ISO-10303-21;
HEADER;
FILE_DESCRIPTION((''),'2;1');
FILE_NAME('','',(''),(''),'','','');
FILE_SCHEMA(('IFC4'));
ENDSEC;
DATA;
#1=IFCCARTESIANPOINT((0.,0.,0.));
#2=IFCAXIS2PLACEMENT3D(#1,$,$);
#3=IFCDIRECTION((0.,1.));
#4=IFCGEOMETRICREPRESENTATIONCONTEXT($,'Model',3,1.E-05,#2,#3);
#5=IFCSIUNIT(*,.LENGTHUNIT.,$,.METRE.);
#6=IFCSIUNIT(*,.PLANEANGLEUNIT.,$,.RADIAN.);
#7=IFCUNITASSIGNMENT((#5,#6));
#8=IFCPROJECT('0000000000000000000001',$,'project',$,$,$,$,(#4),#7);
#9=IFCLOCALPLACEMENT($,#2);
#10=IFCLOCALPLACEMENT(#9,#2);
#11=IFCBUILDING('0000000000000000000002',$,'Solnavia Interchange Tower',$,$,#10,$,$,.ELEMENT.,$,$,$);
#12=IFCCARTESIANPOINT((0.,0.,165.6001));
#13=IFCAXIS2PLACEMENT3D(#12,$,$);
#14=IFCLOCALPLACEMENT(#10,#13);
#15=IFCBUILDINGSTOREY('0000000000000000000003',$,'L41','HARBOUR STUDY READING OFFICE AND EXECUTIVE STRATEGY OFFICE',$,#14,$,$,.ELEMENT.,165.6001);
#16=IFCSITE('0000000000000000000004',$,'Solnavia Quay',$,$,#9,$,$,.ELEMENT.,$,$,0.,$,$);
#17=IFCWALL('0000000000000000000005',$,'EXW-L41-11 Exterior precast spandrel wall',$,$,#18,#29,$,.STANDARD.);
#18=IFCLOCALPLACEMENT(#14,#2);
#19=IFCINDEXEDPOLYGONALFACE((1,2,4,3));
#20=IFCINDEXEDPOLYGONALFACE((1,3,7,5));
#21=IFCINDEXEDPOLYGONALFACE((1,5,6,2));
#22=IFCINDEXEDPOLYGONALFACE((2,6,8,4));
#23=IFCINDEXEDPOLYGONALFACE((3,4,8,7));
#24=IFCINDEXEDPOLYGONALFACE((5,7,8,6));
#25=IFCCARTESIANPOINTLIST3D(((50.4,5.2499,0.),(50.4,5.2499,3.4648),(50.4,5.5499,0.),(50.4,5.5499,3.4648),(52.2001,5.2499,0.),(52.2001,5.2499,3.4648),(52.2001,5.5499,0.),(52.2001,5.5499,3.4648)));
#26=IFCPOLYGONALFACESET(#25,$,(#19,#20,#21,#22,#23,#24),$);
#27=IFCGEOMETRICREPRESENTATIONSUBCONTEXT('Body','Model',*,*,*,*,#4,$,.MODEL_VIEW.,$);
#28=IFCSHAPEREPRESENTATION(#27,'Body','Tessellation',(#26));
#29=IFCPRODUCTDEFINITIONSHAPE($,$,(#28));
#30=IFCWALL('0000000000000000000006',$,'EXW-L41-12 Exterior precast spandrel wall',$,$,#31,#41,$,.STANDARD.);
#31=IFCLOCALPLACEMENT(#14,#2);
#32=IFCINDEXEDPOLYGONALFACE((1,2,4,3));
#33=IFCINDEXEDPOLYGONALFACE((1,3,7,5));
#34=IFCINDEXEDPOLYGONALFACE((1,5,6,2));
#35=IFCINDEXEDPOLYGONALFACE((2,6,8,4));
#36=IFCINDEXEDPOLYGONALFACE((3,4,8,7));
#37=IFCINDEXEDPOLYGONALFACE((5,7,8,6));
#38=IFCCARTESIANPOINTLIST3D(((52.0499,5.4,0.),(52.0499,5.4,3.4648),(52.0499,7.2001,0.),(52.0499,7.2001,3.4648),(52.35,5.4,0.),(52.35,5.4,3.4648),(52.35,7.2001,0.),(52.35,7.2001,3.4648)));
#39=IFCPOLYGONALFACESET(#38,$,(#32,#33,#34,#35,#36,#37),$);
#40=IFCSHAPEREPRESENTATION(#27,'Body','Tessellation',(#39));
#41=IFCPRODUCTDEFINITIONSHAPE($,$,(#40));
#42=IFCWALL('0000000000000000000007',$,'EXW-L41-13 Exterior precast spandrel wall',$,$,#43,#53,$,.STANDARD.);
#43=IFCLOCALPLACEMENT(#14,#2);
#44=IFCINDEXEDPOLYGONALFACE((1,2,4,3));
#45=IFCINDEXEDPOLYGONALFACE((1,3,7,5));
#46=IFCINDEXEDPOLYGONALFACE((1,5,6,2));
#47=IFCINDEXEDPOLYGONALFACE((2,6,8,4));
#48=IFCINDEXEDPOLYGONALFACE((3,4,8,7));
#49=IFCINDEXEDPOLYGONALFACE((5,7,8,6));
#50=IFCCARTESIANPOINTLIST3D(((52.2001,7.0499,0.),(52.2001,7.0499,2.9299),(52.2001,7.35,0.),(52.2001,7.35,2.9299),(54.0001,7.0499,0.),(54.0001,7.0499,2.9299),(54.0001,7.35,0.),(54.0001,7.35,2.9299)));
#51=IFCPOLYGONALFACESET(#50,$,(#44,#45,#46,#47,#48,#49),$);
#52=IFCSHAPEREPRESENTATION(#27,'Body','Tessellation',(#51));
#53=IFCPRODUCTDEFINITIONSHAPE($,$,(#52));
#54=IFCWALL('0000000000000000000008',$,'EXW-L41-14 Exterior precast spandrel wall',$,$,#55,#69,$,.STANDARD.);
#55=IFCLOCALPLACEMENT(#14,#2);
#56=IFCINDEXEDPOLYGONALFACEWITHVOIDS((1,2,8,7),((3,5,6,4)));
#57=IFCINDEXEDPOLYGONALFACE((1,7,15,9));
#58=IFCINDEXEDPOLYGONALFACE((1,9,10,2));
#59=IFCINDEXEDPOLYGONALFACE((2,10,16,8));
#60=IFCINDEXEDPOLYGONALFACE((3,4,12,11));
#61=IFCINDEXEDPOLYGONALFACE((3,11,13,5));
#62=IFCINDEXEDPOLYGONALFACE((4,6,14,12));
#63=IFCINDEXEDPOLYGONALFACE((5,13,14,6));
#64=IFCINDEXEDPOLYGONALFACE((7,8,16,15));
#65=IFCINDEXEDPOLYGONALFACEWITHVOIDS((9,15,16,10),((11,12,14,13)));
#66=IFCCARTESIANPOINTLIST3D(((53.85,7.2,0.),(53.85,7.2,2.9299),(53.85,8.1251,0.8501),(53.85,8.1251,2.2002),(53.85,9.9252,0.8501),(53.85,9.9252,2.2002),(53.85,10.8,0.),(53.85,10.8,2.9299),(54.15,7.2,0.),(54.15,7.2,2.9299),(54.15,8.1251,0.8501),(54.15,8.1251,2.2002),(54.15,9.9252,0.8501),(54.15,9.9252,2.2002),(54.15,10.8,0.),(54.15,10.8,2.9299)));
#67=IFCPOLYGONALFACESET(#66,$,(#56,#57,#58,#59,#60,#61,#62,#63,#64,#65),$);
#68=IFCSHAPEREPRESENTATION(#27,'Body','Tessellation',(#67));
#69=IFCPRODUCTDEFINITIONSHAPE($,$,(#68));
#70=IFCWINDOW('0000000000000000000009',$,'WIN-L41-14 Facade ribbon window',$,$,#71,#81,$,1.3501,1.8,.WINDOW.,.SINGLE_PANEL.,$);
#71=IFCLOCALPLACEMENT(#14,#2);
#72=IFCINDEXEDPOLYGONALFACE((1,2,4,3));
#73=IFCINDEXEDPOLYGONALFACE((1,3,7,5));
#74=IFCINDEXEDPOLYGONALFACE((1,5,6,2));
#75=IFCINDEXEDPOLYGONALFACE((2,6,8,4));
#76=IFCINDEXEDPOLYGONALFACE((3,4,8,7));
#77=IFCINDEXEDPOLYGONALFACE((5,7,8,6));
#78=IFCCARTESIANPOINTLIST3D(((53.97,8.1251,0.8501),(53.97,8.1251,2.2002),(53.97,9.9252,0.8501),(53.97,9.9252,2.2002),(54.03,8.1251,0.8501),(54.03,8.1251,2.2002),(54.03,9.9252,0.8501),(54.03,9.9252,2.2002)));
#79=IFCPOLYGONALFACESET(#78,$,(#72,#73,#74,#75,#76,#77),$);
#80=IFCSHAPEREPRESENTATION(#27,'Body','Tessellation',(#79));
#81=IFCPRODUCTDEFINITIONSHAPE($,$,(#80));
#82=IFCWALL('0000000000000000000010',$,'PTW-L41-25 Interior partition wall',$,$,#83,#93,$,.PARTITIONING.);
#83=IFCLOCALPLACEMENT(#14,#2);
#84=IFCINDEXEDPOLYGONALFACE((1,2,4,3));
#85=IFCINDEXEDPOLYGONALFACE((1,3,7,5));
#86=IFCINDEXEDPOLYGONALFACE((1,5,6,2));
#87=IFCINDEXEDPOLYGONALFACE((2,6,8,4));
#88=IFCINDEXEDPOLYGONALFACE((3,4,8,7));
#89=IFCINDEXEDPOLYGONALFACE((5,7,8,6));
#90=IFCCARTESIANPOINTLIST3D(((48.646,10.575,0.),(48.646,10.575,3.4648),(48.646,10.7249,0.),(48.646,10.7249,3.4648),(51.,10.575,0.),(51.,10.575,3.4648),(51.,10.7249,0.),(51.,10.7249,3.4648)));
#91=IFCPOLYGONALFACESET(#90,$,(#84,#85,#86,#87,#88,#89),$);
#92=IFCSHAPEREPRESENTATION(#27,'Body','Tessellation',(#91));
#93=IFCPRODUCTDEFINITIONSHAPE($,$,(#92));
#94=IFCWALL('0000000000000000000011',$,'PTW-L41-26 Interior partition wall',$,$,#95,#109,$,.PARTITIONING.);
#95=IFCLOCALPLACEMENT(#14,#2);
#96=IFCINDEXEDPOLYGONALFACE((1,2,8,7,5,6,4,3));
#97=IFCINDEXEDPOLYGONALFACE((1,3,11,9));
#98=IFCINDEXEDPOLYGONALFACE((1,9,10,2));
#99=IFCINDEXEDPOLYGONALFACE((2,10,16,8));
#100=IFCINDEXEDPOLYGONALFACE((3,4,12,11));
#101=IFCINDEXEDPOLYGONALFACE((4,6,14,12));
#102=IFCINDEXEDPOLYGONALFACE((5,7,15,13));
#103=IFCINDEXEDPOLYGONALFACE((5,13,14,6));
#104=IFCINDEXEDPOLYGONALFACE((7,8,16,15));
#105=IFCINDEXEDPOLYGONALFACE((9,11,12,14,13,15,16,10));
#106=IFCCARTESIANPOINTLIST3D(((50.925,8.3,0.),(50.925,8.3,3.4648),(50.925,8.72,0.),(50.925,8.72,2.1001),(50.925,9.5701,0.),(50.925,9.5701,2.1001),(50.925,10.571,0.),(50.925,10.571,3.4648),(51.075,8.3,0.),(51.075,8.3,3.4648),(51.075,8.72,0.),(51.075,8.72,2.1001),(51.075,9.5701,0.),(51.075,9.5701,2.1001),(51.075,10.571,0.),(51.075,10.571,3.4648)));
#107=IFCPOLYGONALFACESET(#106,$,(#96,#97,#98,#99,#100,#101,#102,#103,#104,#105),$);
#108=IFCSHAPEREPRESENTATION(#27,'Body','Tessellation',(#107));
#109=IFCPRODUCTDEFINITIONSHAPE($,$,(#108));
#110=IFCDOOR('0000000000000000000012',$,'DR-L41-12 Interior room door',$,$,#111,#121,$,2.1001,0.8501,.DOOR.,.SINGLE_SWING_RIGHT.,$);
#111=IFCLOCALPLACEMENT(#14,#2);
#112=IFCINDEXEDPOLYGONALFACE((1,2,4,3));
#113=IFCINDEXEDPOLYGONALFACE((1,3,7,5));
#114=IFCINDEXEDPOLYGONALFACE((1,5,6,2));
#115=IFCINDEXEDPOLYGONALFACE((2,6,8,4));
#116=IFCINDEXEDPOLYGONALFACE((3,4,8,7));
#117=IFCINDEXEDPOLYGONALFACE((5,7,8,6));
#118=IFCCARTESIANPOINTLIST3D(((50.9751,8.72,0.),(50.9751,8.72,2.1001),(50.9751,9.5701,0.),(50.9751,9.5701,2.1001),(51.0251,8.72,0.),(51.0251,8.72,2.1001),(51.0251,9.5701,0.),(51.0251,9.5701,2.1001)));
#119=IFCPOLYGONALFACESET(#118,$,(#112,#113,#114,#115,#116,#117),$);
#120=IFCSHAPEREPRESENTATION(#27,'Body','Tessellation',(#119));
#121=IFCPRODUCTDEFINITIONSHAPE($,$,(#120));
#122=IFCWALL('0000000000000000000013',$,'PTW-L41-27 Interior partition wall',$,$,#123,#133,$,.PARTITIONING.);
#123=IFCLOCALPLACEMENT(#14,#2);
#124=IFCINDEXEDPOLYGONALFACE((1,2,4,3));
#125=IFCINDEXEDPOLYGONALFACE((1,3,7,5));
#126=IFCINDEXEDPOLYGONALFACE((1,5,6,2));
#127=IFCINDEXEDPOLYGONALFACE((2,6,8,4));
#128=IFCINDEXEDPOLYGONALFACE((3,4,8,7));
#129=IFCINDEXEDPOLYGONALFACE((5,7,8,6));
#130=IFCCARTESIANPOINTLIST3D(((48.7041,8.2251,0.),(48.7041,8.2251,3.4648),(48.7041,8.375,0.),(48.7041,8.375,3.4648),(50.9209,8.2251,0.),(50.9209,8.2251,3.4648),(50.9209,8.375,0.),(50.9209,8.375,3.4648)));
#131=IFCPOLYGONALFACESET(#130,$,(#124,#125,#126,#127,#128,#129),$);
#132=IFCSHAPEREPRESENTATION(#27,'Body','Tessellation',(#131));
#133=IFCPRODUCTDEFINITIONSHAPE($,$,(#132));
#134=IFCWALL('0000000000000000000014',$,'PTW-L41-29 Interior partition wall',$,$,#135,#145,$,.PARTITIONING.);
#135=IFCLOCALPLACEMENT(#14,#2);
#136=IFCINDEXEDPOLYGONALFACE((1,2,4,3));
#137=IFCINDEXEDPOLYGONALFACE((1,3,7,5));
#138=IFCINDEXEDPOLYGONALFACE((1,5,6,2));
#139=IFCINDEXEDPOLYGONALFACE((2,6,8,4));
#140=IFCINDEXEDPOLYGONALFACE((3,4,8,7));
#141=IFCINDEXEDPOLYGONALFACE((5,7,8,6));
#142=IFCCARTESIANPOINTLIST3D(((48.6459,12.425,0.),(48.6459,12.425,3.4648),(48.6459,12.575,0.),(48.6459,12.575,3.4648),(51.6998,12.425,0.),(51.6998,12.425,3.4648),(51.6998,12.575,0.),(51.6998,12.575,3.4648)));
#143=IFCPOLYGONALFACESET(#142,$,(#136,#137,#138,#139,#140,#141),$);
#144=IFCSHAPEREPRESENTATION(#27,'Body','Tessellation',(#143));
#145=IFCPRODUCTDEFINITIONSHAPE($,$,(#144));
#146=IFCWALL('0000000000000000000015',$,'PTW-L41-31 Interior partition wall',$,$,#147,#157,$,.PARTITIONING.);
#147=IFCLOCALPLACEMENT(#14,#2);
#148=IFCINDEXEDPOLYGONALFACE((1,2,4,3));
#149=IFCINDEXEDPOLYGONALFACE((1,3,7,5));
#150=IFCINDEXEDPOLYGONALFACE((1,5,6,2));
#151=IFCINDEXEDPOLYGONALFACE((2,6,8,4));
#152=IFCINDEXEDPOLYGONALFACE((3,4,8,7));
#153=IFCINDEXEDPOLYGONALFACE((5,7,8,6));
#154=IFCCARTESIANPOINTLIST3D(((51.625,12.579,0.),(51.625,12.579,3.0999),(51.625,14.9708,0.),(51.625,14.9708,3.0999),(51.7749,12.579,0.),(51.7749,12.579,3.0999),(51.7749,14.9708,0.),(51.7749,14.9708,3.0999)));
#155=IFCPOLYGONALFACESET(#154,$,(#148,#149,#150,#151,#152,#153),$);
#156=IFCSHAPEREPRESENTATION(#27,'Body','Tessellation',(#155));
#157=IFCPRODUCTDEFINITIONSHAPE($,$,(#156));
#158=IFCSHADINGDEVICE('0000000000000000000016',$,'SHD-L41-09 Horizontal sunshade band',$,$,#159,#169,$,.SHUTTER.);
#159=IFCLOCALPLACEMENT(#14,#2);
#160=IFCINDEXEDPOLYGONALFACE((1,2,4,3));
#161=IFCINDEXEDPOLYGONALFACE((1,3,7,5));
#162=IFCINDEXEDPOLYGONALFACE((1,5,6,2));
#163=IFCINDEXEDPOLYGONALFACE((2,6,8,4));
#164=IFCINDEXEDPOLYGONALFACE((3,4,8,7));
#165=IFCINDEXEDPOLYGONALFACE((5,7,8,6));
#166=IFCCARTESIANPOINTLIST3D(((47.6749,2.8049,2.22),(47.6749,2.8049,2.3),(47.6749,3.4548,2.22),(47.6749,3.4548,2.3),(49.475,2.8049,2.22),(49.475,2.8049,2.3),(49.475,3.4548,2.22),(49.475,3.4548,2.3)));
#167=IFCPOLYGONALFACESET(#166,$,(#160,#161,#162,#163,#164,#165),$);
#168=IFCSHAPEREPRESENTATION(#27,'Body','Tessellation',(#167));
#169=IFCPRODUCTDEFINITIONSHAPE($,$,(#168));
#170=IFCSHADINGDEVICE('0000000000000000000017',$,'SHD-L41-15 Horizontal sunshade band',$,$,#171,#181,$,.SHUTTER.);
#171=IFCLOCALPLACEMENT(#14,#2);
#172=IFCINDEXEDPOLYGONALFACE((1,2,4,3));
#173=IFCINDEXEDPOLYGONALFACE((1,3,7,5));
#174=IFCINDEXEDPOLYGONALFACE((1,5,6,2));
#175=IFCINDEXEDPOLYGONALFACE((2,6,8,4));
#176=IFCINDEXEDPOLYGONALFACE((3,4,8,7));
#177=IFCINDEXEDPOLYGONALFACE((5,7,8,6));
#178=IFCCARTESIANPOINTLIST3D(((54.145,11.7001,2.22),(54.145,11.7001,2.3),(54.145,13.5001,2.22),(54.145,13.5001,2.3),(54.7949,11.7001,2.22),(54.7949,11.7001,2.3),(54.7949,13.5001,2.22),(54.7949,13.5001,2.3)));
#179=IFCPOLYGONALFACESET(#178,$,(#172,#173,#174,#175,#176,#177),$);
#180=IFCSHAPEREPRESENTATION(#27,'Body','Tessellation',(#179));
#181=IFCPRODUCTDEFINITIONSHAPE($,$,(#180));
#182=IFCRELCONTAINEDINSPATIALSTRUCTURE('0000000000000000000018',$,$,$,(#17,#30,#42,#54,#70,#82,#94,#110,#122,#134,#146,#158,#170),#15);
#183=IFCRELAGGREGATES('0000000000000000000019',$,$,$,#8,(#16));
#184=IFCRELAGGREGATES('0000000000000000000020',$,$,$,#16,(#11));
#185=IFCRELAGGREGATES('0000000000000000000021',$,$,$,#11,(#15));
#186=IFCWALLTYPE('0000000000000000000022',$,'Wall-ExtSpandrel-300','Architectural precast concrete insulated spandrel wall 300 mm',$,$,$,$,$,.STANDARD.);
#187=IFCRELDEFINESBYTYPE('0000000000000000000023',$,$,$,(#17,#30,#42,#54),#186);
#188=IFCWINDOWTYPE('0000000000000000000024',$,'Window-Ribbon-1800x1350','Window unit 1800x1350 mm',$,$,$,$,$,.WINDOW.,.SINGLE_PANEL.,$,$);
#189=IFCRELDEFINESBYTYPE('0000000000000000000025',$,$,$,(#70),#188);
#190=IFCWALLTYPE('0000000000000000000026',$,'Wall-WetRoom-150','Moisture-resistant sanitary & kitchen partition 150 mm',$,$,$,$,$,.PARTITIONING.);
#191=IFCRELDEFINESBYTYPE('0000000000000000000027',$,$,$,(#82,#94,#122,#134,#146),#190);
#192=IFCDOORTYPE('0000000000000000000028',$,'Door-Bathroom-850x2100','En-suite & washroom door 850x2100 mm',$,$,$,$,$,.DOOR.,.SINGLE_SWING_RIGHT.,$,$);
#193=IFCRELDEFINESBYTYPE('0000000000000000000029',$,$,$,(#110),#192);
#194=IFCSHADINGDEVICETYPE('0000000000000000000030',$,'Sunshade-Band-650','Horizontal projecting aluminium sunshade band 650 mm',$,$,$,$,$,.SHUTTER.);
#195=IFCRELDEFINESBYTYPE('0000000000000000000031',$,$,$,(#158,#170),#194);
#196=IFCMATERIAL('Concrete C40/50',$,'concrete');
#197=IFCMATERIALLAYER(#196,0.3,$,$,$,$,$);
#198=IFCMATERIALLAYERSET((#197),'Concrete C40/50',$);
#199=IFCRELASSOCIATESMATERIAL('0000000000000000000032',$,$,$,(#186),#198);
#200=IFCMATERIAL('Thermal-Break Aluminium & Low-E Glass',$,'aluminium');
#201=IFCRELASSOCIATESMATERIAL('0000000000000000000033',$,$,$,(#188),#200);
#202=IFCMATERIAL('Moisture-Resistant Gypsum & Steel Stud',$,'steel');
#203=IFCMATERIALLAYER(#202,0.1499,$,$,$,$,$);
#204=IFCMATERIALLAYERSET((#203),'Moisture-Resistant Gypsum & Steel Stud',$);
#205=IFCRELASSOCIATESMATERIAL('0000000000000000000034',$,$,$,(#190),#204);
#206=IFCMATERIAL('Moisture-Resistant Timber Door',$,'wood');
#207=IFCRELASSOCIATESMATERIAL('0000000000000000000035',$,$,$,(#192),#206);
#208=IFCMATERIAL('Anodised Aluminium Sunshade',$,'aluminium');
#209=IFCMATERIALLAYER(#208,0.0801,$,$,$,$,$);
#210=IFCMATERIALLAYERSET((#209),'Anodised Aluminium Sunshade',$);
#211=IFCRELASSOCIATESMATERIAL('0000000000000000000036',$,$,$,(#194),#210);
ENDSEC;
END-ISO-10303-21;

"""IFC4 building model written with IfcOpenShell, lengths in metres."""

from ifc_helpers import new_model, si_unit, direction, frame, frame_2d, origin, origin_2d, place, context, subcontext, project, spatial, rectangle, extrude, material, layer, layer_set, type_object, element, fill, save


model = new_model("IFC4")

# Units and contexts
model_context = context("Model", 3, precision=1e-05, world=origin(), true_north=direction((0.0, 1.0)))
body_context = subcontext(model_context, "Body", "Model", "MODEL_VIEW")
ifc_project = project(units=[si_unit("LENGTHUNIT", "METRE"), si_unit("PLANEANGLEUNIT", "RADIAN")], contexts=[model_context])

# Site, building, storey
site_placement = place(None, origin())
site = spatial("IfcSite", under=ifc_project, at=site_placement, Name="Solnavia Quay", CompositionType="ELEMENT", RefElevation=0.0)
building_placement = place(site_placement, origin())
building = spatial("IfcBuilding", under=site, at=building_placement, Name="Solnavia Interchange Tower", CompositionType="ELEMENT")
storey_placement = place(building_placement, frame((0.0, 0.0, 165.6001)))
storey = spatial("IfcBuildingStorey", under=building, at=storey_placement, Name="L41", Description="HARBOUR STUDY READING OFFICE AND EXECUTIVE STRATEGY OFFICE", CompositionType="ELEMENT", Elevation=165.6001)

# Shared definitions
ifc_material_1 = material(Name="Concrete C40/50", Category="concrete")
ifc_layer_1 = layer(ifc_material_1, 0.3)
ifc_layer_set_1 = layer_set([ifc_layer_1], Name="Concrete C40/50")
wall_type_1 = type_object("IfcWallType", Name="Wall-ExtSpandrel-300", Description="Architectural precast concrete insulated spandrel wall 300 mm", PredefinedType="STANDARD", material=ifc_layer_set_1)
ifc_material_2 = material(Name="Thermal-Break Aluminium & Low-E Glass", Category="aluminium")
window_type = type_object("IfcWindowType", Name="Window-Ribbon-1800x1350", Description="Window unit 1800x1350 mm", PartitioningType="SINGLE_PANEL", PredefinedType="WINDOW", material=ifc_material_2)

# Walls
for number, where, z_axis, x_axis, name in (
    (1, (52.2, 5.3999, 0.0), (0.0, 0.0, 1.0), (-1.0, 0.0, 0.0), "EXW-L41-11 Exterior precast spandrel wall"),
    (2, (52.2, 7.2, 0.0), (0.0, 0.0, 1.0), (0.0, -1.0, 0.0), "EXW-L41-12 Exterior precast spandrel wall"),
):
    element("IfcWall", number, at=place(storey_placement, frame(where, z_axis=z_axis, x_axis=x_axis)), inside=storey, type_object=wall_type_1, Name=name, PredefinedType="STANDARD", context=body_context, shape_type="SweptSolid", body=[
        extrude(rectangle(XDim=1.8, YDim=0.3, at=frame_2d((0.8999, 0.0))), origin(), (0.0, 0.0, 1.0), 3.4648),
    ])
wall_1_placement = place(storey_placement, frame((54.0, 7.2, 0.0), z_axis=(0.0, 0.0, 1.0), x_axis=(-1.0, 0.0, 0.0)))
element("IfcWall", 3, at=wall_1_placement, inside=storey, type_object=wall_type_1, Name="EXW-L41-13 Exterior precast spandrel wall", PredefinedType="STANDARD", context=body_context, shape_type="SweptSolid", body=[
    extrude(rectangle(XDim=1.8, YDim=0.3, at=frame_2d((0.8999, 0.0))), origin(), (0.0, 0.0, 1.0), 2.9299),
])

# Wall, opening, window
wall_2_placement = place(storey_placement, frame((54.0, 10.8, 0.0), z_axis=(0.0, 0.0, 1.0), x_axis=(0.0, -1.0, 0.0)))
wall_2 = element("IfcWall", 4, at=wall_2_placement, inside=storey, type_object=wall_type_1, Name="EXW-L41-14 Exterior precast spandrel wall", PredefinedType="STANDARD", context=body_context, shape_type="SweptSolid", body=[
    extrude(rectangle(XDim=3.6001, YDim=0.3, at=frame_2d((1.8, 0.0))), origin(), (0.0, 0.0, 1.0), 2.9299),
])
opening_1_placement = place(wall_2_placement, frame((0.875, 0.0, 0.8501)))
opening_1 = element("IfcOpeningElement", 5, at=opening_1_placement, cuts=wall_2, PredefinedType="OPENING", context=body_context, shape_type="SweptSolid", body=[
    extrude(rectangle(XDim=1.8, YDim=1.3501, at=frame_2d((0.8999, 0.675))), frame((0.0, 0.1602, 0.0), z_axis=(0.0, -1.0, 0.0), x_axis=(1.0, 0.0, 0.0)), (0.0, 0.0, 1.0), 0.3201),
])
window_1_placement = place(opening_1_placement, origin())
window_1 = element("IfcWindow", 6, at=window_1_placement, inside=storey, type_object=window_type, Name="WIN-L41-14 Facade ribbon window", OverallHeight=1.3501, OverallWidth=1.8, PartitioningType="SINGLE_PANEL", PredefinedType="WINDOW", context=body_context, shape_type="SweptSolid", body=[
    extrude(rectangle(XDim=1.8, YDim=1.3501, at=frame_2d((0.8999, 0.675))), frame((0.0, 0.03, 0.0), z_axis=(0.0, -1.0, 0.0), x_axis=(1.0, 0.0, 0.0)), (0.0, 0.0, 1.0), 0.0601),
])
fill(opening_1, window_1)

# Wall
ifc_material_3 = material(Name="Moisture-Resistant Gypsum & Steel Stud", Category="steel")
ifc_layer_2 = layer(ifc_material_3, 0.1499)
ifc_layer_set_2 = layer_set([ifc_layer_2], Name="Moisture-Resistant Gypsum & Steel Stud")
wall_type_2 = type_object("IfcWallType", Name="Wall-WetRoom-150", Description="Moisture-resistant sanitary & kitchen partition 150 mm", PredefinedType="PARTITIONING", material=ifc_layer_set_2)
wall_3_placement = place(storey_placement, frame((48.646, 10.6499, 0.0), z_axis=(0.0, 0.0, 1.0), x_axis=(1.0, 0.0, 0.0)))
element("IfcWall", 7, at=wall_3_placement, inside=storey, type_object=wall_type_2, Name="PTW-L41-25 Interior partition wall", PredefinedType="PARTITIONING", context=body_context, shape_type="SweptSolid", body=[
    extrude(rectangle(XDim=2.354, YDim=0.1499, at=frame_2d((1.177, 0.0))), origin(), (0.0, 0.0, 1.0), 3.4648),
])

# Wall, opening, door
wall_4_placement = place(storey_placement, frame((51.0, 8.3, 0.0), z_axis=(0.0, 0.0, 1.0), x_axis=(0.0, 1.0, 0.0)))
wall_4 = element("IfcWall", 8, at=wall_4_placement, inside=storey, type_object=wall_type_2, Name="PTW-L41-26 Interior partition wall", PredefinedType="PARTITIONING", context=body_context, shape_type="SweptSolid", body=[
    extrude(rectangle(XDim=2.271, YDim=0.1499, at=frame_2d((1.1355, 0.0))), origin(), (0.0, 0.0, 1.0), 3.4648),
])
opening_2_placement = place(wall_4_placement, frame((0.4199, 0.0, 0.0)))
opening_2 = element("IfcOpeningElement", 9, at=opening_2_placement, cuts=wall_4, PredefinedType="OPENING", context=body_context, shape_type="SweptSolid", body=[
    extrude(rectangle(XDim=0.8501, YDim=2.1001, at=frame_2d((0.425, 1.05))), frame((0.0, 0.085, 0.0), z_axis=(0.0, -1.0, 0.0), x_axis=(1.0, 0.0, 0.0)), (0.0, 0.0, 1.0), 0.1699),
])
ifc_material_4 = material(Name="Moisture-Resistant Timber Door", Category="wood")
door_type_1 = type_object("IfcDoorType", Name="Door-Bathroom-850x2100", Description="En-suite & washroom door 850x2100 mm", OperationType="SINGLE_SWING_RIGHT", PredefinedType="DOOR", material=ifc_material_4)
door_1_placement = place(opening_2_placement, origin())
door_1 = element("IfcDoor", 10, at=door_1_placement, inside=storey, type_object=door_type_1, Name="DR-L41-12 Interior room door", OperationType="SINGLE_SWING_RIGHT", OverallHeight=2.1001, OverallWidth=0.8501, PredefinedType="DOOR", context=body_context, shape_type="SweptSolid", body=[
    extrude(rectangle(XDim=0.8501, YDim=2.1001, at=frame_2d((0.425, 1.05))), frame((0.0, 0.0249, 0.0), z_axis=(0.0, -1.0, 0.0), x_axis=(1.0, 0.0, 0.0)), (0.0, 0.0, 1.0), 0.05),
])
fill(opening_2, door_1)

# Walls
wall_5_placement = place(storey_placement, frame((48.7041, 8.3, 0.0), z_axis=(0.0, 0.0, 1.0), x_axis=(1.0, 0.0, 0.0)))
element("IfcWall", 11, at=wall_5_placement, inside=storey, type_object=wall_type_2, Name="PTW-L41-27 Interior partition wall", PredefinedType="PARTITIONING", context=body_context, shape_type="SweptSolid", body=[
    extrude(rectangle(XDim=2.2168, YDim=0.1499, at=frame_2d((1.1084, 0.0))), origin(), (0.0, 0.0, 1.0), 3.4648),
])
wall_6_placement = place(storey_placement, frame((48.646, 12.5, 0.0), z_axis=(0.0, 0.0, 1.0), x_axis=(1.0, 0.0, 0.0)))
element("IfcWall", 12, at=wall_6_placement, inside=storey, type_object=wall_type_2, Name="PTW-L41-29 Interior partition wall", PredefinedType="PARTITIONING", context=body_context, shape_type="SweptSolid", body=[
    extrude(rectangle(XDim=3.054, YDim=0.1499, at=frame_2d((1.5269, 0.0))), origin(), (0.0, 0.0, 1.0), 3.4648),
])
wall_7_placement = place(storey_placement, frame((51.7, 12.5791, 0.0), z_axis=(0.0, 0.0, 1.0), x_axis=(0.0, 1.0, 0.0)))
element("IfcWall", 13, at=wall_7_placement, inside=storey, type_object=wall_type_2, Name="PTW-L41-31 Interior partition wall", PredefinedType="PARTITIONING", context=body_context, shape_type="SweptSolid", body=[
    extrude(rectangle(XDim=2.3918, YDim=0.1499, at=frame_2d((1.1958, 0.0))), origin(), (0.0, 0.0, 1.0), 3.0999),
])

# Shading devices
ifc_material_5 = material(Name="Anodised Aluminium Sunshade", Category="aluminium")
ifc_layer_3 = layer(ifc_material_5, 0.0801)
ifc_layer_set_3 = layer_set([ifc_layer_3], Name="Anodised Aluminium Sunshade")
shading_device_type = type_object("IfcShadingDeviceType", Name="Sunshade-Band-650", Description="Horizontal projecting aluminium sunshade band 650 mm", PredefinedType="SHUTTER", material=ifc_layer_set_3)
for number, where, z_axis, x_axis, name in (
    (14, (48.575, 3.1299, 2.22), (0.0, 0.0, 1.0), (-1.0, 0.0, 0.0), "SHD-L41-09 Horizontal sunshade band"),
    (15, (54.47, 12.6001, 2.22), (0.0, 0.0, 1.0), (0.0, -1.0, 0.0), "SHD-L41-15 Horizontal sunshade band"),
):
    element("IfcShadingDevice", number, at=place(storey_placement, frame(where, z_axis=z_axis, x_axis=x_axis)), inside=storey, type_object=shading_device_type, Name=name, PredefinedType="SHUTTER", context=body_context, shape_type="SweptSolid", body=[
        extrude(rectangle(XDim=1.8, YDim=0.6499, at=origin_2d()), origin(), (0.0, 0.0, 1.0), 0.0801),
    ])

save(model, "model.ifc")
